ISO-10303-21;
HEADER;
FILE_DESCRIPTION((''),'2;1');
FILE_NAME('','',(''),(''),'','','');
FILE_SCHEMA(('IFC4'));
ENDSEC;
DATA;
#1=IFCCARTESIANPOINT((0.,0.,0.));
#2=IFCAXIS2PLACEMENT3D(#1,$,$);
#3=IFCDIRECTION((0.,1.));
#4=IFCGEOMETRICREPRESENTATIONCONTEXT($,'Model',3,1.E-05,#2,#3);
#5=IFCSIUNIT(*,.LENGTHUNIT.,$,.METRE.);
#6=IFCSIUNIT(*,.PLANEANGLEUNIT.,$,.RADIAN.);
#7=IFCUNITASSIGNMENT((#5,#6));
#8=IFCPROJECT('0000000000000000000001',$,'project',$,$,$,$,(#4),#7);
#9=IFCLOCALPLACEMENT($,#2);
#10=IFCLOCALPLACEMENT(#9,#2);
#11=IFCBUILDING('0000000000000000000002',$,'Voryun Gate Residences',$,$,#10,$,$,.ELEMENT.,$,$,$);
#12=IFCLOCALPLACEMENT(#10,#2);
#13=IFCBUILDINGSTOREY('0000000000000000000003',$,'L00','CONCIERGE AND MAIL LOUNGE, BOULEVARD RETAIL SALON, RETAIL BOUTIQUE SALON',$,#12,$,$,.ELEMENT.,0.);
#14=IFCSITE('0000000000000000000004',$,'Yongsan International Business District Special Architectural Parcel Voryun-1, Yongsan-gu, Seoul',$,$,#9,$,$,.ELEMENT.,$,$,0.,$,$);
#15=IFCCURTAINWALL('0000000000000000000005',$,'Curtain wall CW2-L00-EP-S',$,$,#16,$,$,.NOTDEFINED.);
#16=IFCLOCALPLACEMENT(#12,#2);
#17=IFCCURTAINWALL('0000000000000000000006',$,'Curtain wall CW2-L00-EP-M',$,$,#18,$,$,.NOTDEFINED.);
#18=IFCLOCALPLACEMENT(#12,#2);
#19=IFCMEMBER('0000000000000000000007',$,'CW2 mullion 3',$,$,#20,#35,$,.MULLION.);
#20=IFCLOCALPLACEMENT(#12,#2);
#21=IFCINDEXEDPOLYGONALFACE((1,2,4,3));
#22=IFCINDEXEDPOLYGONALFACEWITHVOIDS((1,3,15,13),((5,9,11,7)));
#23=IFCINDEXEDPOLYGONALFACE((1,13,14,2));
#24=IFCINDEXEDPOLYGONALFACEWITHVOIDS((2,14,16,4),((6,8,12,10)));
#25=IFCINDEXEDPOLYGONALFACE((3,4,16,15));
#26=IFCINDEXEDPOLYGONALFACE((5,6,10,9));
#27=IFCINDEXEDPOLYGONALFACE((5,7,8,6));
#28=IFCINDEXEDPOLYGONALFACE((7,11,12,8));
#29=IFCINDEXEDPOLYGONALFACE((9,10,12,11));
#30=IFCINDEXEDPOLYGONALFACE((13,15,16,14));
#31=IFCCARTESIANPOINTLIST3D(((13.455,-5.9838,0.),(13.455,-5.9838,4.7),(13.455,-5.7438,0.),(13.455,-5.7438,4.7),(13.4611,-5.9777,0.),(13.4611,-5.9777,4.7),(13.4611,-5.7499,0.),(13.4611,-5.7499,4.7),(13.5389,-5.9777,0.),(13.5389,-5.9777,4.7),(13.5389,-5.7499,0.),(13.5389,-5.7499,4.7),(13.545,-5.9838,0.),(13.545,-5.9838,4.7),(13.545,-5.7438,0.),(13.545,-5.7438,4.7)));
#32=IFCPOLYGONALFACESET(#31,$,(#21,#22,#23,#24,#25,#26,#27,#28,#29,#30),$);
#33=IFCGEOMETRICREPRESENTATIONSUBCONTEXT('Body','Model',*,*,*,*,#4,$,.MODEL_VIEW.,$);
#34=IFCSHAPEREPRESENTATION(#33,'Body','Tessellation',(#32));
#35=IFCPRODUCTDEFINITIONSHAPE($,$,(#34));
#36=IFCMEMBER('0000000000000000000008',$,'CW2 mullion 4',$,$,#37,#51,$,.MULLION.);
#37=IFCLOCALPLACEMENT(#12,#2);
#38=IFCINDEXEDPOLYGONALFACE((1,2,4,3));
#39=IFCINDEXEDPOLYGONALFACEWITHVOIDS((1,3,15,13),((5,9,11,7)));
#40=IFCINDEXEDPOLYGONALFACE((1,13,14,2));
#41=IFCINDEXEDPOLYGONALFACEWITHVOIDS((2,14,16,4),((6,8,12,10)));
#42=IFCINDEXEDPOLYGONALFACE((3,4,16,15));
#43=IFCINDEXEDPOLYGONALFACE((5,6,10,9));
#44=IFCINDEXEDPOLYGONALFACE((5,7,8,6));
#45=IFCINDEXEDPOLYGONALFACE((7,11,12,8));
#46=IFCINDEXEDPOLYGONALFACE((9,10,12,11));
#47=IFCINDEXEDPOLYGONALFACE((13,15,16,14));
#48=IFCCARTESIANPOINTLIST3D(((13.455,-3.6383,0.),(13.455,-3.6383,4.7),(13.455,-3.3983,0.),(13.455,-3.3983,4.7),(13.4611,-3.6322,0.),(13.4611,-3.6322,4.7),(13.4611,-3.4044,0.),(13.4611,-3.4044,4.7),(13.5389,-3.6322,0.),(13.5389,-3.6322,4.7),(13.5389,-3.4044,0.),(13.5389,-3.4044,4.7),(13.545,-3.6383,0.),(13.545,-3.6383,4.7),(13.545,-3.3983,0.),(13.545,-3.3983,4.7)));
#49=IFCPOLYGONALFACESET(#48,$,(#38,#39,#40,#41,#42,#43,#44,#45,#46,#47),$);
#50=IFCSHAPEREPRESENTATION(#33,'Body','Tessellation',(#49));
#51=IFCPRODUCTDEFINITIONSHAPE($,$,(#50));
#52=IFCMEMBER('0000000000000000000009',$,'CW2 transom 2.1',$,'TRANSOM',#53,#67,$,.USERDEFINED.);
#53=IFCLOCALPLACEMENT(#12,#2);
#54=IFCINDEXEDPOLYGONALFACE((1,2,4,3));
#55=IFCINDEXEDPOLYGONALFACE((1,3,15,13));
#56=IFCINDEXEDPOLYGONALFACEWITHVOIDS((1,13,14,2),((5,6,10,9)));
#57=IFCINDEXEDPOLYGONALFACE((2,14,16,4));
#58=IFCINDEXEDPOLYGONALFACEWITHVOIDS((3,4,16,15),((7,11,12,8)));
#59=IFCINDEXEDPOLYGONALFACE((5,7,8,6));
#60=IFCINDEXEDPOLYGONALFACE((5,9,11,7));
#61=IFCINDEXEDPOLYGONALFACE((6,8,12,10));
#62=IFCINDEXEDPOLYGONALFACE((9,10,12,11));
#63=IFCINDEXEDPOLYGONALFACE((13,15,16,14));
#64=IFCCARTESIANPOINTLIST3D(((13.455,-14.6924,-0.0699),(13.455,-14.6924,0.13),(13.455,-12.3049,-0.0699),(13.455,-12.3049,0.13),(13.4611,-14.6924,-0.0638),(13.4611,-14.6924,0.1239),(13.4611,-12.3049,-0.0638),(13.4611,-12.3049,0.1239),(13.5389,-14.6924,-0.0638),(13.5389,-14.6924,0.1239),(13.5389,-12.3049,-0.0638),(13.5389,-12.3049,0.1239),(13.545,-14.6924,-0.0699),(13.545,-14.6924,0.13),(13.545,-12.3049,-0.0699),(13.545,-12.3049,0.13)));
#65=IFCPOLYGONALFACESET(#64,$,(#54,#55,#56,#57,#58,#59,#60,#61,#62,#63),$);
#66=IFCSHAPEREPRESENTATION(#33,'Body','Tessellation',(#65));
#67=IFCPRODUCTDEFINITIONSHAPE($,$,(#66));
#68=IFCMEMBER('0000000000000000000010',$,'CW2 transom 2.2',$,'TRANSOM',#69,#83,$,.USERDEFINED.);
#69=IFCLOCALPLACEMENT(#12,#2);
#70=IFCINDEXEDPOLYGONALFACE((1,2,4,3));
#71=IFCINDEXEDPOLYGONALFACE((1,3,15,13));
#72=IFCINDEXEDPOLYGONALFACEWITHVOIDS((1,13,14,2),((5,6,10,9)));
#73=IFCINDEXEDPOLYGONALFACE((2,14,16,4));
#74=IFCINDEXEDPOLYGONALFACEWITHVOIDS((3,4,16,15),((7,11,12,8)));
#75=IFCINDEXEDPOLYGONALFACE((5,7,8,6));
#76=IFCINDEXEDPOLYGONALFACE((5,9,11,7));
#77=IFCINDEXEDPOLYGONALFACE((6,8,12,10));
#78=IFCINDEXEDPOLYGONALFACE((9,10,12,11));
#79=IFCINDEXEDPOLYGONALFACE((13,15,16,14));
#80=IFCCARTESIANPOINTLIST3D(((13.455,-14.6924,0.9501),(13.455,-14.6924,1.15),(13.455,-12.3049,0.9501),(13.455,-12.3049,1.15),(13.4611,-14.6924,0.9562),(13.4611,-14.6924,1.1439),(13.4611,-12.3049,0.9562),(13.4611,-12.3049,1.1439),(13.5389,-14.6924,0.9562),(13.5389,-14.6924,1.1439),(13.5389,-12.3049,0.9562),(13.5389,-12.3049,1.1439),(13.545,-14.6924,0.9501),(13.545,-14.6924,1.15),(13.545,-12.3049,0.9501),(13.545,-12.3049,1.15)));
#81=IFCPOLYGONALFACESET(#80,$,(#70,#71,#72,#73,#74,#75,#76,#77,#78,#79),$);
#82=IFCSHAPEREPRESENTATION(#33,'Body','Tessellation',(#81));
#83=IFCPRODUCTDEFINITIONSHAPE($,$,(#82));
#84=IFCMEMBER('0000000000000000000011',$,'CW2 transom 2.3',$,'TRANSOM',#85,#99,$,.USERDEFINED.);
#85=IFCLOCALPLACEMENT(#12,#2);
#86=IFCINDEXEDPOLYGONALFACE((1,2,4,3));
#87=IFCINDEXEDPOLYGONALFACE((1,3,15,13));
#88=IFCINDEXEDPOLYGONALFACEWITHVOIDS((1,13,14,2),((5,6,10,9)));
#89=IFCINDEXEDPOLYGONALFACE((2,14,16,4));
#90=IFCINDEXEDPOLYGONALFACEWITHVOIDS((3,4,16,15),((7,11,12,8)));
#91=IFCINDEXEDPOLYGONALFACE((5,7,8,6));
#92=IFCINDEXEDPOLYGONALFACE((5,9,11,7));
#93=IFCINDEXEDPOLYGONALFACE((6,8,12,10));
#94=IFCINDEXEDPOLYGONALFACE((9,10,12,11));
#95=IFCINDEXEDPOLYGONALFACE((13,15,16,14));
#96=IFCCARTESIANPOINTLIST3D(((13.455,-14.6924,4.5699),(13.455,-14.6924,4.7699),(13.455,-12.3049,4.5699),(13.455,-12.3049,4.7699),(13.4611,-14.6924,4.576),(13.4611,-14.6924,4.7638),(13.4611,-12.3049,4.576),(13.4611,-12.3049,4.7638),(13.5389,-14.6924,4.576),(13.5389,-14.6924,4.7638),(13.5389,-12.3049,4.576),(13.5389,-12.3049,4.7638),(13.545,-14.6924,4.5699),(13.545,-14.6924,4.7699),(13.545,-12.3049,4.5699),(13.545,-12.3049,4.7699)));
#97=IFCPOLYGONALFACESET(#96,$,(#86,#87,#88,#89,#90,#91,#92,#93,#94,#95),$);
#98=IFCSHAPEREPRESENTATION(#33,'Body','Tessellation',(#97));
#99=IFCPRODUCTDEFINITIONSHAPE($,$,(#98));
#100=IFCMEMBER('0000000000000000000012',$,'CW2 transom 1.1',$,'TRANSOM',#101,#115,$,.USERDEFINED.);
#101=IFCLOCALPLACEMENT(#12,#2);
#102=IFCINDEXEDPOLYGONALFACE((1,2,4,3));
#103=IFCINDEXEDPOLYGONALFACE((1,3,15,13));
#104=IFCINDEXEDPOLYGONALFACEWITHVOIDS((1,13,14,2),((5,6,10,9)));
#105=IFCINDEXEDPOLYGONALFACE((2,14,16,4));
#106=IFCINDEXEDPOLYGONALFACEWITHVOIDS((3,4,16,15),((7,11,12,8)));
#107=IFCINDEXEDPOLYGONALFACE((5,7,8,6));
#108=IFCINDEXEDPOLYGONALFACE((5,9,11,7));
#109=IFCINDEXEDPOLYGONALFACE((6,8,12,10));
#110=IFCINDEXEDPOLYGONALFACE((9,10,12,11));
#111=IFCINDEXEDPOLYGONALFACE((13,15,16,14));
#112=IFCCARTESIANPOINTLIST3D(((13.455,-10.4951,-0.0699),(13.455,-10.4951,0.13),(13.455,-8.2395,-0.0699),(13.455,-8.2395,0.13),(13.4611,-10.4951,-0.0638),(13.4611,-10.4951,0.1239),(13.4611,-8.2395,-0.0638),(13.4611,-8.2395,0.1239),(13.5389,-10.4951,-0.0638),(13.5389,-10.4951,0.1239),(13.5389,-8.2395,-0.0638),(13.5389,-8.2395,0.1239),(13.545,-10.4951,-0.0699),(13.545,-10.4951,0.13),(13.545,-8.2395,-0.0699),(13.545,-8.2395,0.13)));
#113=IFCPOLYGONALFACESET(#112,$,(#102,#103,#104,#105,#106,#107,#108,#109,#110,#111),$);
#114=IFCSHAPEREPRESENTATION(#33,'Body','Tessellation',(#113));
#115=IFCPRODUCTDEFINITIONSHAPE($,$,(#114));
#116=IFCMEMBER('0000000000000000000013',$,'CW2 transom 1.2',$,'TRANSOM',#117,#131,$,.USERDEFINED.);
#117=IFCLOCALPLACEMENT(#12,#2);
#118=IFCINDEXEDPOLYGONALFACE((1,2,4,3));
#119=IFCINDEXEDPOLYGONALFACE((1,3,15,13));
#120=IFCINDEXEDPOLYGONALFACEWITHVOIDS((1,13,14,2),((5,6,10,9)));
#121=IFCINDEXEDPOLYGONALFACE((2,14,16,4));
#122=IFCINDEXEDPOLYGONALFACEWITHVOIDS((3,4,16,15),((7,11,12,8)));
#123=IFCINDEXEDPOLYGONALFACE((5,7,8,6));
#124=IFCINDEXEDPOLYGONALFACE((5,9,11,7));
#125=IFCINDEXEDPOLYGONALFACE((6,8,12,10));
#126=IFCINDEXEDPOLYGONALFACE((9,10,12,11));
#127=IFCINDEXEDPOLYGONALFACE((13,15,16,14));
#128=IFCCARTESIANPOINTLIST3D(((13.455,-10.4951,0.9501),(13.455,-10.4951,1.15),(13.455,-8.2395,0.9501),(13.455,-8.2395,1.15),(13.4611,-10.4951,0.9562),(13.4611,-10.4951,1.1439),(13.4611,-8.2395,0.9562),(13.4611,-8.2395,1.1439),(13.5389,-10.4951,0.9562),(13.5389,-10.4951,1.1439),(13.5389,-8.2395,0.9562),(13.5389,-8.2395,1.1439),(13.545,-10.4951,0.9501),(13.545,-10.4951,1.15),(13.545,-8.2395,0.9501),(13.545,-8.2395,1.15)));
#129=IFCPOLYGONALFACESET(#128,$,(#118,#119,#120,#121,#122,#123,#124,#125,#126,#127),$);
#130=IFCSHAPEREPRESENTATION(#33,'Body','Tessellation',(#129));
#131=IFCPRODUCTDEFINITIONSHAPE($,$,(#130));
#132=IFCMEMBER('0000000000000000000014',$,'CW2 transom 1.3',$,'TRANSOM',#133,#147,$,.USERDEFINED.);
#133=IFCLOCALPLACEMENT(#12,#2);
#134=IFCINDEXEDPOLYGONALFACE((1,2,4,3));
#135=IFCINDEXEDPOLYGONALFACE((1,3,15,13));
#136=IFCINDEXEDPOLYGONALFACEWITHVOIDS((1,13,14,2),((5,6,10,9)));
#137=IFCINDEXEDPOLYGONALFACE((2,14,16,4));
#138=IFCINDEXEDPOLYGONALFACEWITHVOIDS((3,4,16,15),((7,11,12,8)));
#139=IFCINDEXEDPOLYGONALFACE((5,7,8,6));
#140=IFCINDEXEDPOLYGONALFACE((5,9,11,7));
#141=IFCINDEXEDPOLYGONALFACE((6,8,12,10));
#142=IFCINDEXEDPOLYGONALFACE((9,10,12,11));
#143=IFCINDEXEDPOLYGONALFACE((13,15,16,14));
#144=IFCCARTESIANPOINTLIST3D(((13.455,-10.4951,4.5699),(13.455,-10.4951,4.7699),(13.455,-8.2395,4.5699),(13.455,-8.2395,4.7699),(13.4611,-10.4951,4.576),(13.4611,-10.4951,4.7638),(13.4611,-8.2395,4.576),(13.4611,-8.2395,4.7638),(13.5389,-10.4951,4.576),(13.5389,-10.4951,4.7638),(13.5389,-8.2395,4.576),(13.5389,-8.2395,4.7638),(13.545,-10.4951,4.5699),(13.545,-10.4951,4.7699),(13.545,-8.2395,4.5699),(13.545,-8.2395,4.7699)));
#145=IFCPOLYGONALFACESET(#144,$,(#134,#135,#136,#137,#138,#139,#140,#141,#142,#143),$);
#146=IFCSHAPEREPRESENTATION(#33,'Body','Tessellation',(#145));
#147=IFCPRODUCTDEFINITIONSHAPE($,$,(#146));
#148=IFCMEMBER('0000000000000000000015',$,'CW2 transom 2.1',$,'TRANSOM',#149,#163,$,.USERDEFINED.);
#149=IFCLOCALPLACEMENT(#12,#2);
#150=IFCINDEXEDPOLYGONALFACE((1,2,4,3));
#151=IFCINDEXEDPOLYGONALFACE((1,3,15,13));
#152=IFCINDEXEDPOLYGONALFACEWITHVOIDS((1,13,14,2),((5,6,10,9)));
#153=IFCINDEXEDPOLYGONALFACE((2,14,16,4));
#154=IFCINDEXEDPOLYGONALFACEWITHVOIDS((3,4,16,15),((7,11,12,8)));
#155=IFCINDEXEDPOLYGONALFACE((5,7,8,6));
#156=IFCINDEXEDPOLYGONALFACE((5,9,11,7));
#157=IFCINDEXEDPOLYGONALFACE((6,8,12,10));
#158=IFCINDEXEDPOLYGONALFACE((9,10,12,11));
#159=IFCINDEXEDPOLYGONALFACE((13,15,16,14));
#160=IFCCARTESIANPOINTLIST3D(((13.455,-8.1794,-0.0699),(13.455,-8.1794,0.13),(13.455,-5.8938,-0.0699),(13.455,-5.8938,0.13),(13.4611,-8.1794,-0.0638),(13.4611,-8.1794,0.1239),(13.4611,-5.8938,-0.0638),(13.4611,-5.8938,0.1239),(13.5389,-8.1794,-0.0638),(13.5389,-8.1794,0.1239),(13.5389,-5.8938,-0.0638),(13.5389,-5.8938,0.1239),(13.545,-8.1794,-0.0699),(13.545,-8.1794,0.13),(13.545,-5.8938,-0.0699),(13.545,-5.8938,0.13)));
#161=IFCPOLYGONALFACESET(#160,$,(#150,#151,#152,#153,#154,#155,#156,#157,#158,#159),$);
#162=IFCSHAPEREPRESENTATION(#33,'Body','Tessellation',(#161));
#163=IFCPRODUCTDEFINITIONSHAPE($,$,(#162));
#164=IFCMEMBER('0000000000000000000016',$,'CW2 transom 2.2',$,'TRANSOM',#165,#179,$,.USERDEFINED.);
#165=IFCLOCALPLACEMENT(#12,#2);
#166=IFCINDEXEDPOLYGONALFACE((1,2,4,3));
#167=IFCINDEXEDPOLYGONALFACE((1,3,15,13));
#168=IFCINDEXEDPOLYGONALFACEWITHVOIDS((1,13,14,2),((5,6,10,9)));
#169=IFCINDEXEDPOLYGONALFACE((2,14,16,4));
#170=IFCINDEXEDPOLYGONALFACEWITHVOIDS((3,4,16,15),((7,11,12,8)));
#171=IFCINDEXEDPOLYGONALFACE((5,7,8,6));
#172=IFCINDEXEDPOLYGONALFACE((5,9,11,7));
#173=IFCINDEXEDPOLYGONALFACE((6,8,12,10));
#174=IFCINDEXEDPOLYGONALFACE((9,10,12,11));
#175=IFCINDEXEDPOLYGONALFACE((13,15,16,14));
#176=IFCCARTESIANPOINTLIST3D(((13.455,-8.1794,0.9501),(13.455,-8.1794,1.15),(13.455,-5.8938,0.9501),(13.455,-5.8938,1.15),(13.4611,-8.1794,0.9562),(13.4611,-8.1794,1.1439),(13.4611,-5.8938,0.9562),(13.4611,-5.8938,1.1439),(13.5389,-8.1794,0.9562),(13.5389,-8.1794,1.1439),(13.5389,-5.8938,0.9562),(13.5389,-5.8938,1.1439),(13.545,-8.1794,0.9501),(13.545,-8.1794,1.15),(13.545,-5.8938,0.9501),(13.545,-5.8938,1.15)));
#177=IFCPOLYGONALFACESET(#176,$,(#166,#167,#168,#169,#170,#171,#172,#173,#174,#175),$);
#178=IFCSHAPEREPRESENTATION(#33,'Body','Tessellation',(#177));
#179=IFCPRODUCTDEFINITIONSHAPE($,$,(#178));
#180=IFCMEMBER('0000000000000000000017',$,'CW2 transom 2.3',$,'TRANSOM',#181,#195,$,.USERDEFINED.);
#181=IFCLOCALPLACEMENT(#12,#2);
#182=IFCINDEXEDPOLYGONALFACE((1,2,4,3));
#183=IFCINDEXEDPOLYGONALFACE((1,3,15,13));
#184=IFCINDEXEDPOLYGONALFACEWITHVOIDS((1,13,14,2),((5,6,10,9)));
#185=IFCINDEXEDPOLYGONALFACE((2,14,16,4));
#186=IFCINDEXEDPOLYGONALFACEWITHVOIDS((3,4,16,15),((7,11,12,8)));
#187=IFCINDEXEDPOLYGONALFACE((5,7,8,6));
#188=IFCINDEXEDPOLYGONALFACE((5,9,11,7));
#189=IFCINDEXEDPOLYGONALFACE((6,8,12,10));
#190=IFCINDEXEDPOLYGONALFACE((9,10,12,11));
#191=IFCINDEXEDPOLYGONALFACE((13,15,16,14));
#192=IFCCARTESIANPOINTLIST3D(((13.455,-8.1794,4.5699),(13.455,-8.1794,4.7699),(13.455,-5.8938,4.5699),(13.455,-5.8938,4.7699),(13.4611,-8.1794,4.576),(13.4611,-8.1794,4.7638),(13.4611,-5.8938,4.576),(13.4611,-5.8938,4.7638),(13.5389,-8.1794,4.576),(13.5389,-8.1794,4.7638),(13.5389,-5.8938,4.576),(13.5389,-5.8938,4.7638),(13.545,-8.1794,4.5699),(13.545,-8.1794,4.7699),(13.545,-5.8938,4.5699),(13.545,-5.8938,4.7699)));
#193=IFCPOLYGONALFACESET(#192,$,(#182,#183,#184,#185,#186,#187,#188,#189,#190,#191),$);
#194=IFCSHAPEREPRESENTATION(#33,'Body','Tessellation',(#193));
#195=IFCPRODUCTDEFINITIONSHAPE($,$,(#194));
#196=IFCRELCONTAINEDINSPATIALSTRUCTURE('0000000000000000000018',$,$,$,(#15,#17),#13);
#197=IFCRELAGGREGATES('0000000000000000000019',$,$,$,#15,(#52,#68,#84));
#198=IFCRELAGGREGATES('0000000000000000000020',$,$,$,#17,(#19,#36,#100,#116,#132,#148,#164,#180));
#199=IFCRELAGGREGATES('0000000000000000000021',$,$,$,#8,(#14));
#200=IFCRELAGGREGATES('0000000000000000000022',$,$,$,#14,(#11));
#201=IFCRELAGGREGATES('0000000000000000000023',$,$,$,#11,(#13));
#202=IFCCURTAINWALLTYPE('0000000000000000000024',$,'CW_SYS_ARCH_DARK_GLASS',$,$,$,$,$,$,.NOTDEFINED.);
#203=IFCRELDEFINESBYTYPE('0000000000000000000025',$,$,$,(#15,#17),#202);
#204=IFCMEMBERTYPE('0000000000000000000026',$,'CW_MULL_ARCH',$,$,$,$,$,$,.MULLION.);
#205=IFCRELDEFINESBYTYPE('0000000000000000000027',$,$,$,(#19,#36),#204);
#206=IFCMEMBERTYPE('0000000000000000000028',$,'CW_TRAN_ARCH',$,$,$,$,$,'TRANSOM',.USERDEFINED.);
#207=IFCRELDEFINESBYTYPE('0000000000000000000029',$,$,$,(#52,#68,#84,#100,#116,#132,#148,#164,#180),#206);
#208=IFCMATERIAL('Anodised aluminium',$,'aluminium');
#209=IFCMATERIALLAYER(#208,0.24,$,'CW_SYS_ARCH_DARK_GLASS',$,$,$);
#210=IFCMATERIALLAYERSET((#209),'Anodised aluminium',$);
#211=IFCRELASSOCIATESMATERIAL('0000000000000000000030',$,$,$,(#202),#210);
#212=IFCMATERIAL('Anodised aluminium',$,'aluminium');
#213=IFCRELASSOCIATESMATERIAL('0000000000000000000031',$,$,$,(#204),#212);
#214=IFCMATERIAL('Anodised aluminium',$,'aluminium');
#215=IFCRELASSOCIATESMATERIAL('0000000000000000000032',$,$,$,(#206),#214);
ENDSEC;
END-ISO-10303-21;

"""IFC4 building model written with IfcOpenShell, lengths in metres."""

from ifc_helpers import new_model, si_unit, direction, frame, origin, origin_2d, place, context, subcontext, project, spatial, hollow_rectangle, extrude, material, layer, layer_set, material_profile, profile_set, type_object, element, aggregate, save


model = new_model("IFC4")

# Units and contexts
model_context = context("Model", 3, precision=1e-05, world=origin(), true_north=direction((0.0, 1.0)))
body_context = subcontext(model_context, "Body", "Model", "MODEL_VIEW")
ifc_project = project(units=[si_unit("LENGTHUNIT", "METRE"), si_unit("PLANEANGLEUNIT", "RADIAN")], contexts=[model_context])

# Site, building, storey
site_placement = place(None, origin())
site = spatial("IfcSite", under=ifc_project, at=site_placement, Name="Yongsan International Business District Special Architectural Parcel Voryun-1, Yongsan-gu, Seoul", CompositionType="ELEMENT", RefElevation=0.0)
building_placement = place(site_placement, origin())
building = spatial("IfcBuilding", under=site, at=building_placement, Name="Voryun Gate Residences", CompositionType="ELEMENT")
storey_placement = place(building_placement, origin())
storey = spatial("IfcBuildingStorey", under=building, at=storey_placement, Name="L00", Description="CONCIERGE AND MAIL LOUNGE, BOULEVARD RETAIL SALON, RETAIL BOUTIQUE SALON", CompositionType="ELEMENT", Elevation=0.0)

# Curtain walls, members
ifc_material_1 = material(Name="Anodised aluminium", Category="aluminium")
ifc_layer_1 = layer(ifc_material_1, 0.24, Name="CW_SYS_ARCH_DARK_GLASS")
ifc_layer_set_1 = layer_set([ifc_layer_1], Name="Anodised aluminium")
curtain_wall_type = type_object("IfcCurtainWallType", Name="CW_SYS_ARCH_DARK_GLASS", PredefinedType="NOTDEFINED", material=ifc_layer_set_1)
curtain_wall_1_placement = place(storey_placement, origin())
curtain_wall_1 = element("IfcCurtainWall", 1, at=curtain_wall_1_placement, inside=storey, type_object=curtain_wall_type, Name="Curtain wall CW2-L00-EP-S", PredefinedType="NOTDEFINED")
ifc_material_2 = material(Name="Anodised aluminium", Category="aluminium")
ifc_material_profile_1 = material_profile(ifc_material_2, hollow_rectangle(XDim=0.0901, YDim=0.24, WallThickness=0.0061, at=origin_2d()), Name="ALU-MULL-240x90x6")
ifc_profile_set_1 = profile_set([ifc_material_profile_1], Name="Anodised aluminium")
member_type_1 = type_object("IfcMemberType", Name="CW_MULL_ARCH", PredefinedType="MULLION", material=ifc_profile_set_1)
curtain_wall_2_placement = place(storey_placement, origin())
curtain_wall_2 = element("IfcCurtainWall", 2, at=curtain_wall_2_placement, inside=storey, type_object=curtain_wall_type, Name="Curtain wall CW2-L00-EP-M", PredefinedType="NOTDEFINED")
member_1_placement = place(storey_placement, frame((13.5, -5.8638, 0.0), z_axis=(0.0, 0.0, 1.0), x_axis=(-1.0, 0.0, 0.0)))
member_1 = element("IfcMember", 3, at=member_1_placement, type_object=member_type_1, Name="CW2 mullion 3", PredefinedType="MULLION", context=body_context, shape_type="SweptSolid", body=[
    extrude(hollow_rectangle(XDim=0.0901, YDim=0.24, WallThickness=0.0061, at=origin_2d()), origin(), (0.0, 0.0, 1.0), 4.7),
])
member_2_placement = place(storey_placement, frame((13.5, -3.5183, 0.0), z_axis=(0.0, 0.0, 1.0), x_axis=(-1.0, 0.0, 0.0)))
member_2 = element("IfcMember", 4, at=member_2_placement, type_object=member_type_1, Name="CW2 mullion 4", PredefinedType="MULLION", context=body_context, shape_type="SweptSolid", body=[
    extrude(hollow_rectangle(XDim=0.0901, YDim=0.24, WallThickness=0.0061, at=origin_2d()), origin(), (0.0, 0.0, 1.0), 4.7),
])

# Members
ifc_material_3 = material(Name="Anodised aluminium", Category="aluminium")
ifc_material_profile_2 = material_profile(ifc_material_3, hollow_rectangle(XDim=0.0901, YDim=0.2, WallThickness=0.0061, at=origin_2d()), Name="ALU-TRAN-200x90x6")
ifc_profile_set_2 = profile_set([ifc_material_profile_2], Name="Anodised aluminium")
member_type_2 = type_object("IfcMemberType", Name="CW_TRAN_ARCH", ElementType="TRANSOM", PredefinedType="USERDEFINED", material=ifc_profile_set_2)
member_3_placement = place(storey_placement, frame((13.5, -14.6924, 0.03), z_axis=(0.0, 1.0, 0.0), x_axis=(-1.0, 0.0, 0.0)))
member_3 = element("IfcMember", 5, at=member_3_placement, type_object=member_type_2, Name="CW2 transom 2.1", ObjectType="TRANSOM", PredefinedType="USERDEFINED", context=body_context, shape_type="SweptSolid", body=[
    extrude(hollow_rectangle(XDim=0.0901, YDim=0.2, WallThickness=0.0061, at=origin_2d()), origin(), (0.0, 0.0, 1.0), 2.3875),
])
member_4_placement = place(storey_placement, frame((13.5, -14.6924, 1.05), z_axis=(0.0, 1.0, 0.0), x_axis=(-1.0, 0.0, 0.0)))
member_4 = element("IfcMember", 6, at=member_4_placement, type_object=member_type_2, Name="CW2 transom 2.2", ObjectType="TRANSOM", PredefinedType="USERDEFINED", context=body_context, shape_type="SweptSolid", body=[
    extrude(hollow_rectangle(XDim=0.0901, YDim=0.2, WallThickness=0.0061, at=origin_2d()), origin(), (0.0, 0.0, 1.0), 2.3875),
])
member_5_placement = place(storey_placement, frame((13.5, -14.6924, 4.6699), z_axis=(0.0, 1.0, 0.0), x_axis=(-1.0, 0.0, 0.0)))
member_5 = element("IfcMember", 7, at=member_5_placement, type_object=member_type_2, Name="CW2 transom 2.3", ObjectType="TRANSOM", PredefinedType="USERDEFINED", context=body_context, shape_type="SweptSolid", body=[
    extrude(hollow_rectangle(XDim=0.0901, YDim=0.2, WallThickness=0.0061, at=origin_2d()), origin(), (0.0, 0.0, 1.0), 2.3875),
])
member_6_placement = place(storey_placement, frame((13.5, -10.4951, 0.03), z_axis=(0.0, 1.0, 0.0), x_axis=(-1.0, 0.0, 0.0)))
member_6 = element("IfcMember", 8, at=member_6_placement, type_object=member_type_2, Name="CW2 transom 1.1", ObjectType="TRANSOM", PredefinedType="USERDEFINED", context=body_context, shape_type="SweptSolid", body=[
    extrude(hollow_rectangle(XDim=0.0901, YDim=0.2, WallThickness=0.0061, at=origin_2d()), origin(), (0.0, 0.0, 1.0), 2.2556),
])
member_7_placement = place(storey_placement, frame((13.5, -10.4951, 1.05), z_axis=(0.0, 1.0, 0.0), x_axis=(-1.0, 0.0, 0.0)))
member_7 = element("IfcMember", 9, at=member_7_placement, type_object=member_type_2, Name="CW2 transom 1.2", ObjectType="TRANSOM", PredefinedType="USERDEFINED", context=body_context, shape_type="SweptSolid", body=[
    extrude(hollow_rectangle(XDim=0.0901, YDim=0.2, WallThickness=0.0061, at=origin_2d()), origin(), (0.0, 0.0, 1.0), 2.2556),
])
member_8_placement = place(storey_placement, frame((13.5, -10.4951, 4.6699), z_axis=(0.0, 1.0, 0.0), x_axis=(-1.0, 0.0, 0.0)))
member_8 = element("IfcMember", 10, at=member_8_placement, type_object=member_type_2, Name="CW2 transom 1.3", ObjectType="TRANSOM", PredefinedType="USERDEFINED", context=body_context, shape_type="SweptSolid", body=[
    extrude(hollow_rectangle(XDim=0.0901, YDim=0.2, WallThickness=0.0061, at=origin_2d()), origin(), (0.0, 0.0, 1.0), 2.2556),
])
member_9_placement = place(storey_placement, frame((13.5, -8.1794, 0.03), z_axis=(0.0, 1.0, 0.0), x_axis=(-1.0, 0.0, 0.0)))
member_9 = element("IfcMember", 11, at=member_9_placement, type_object=member_type_2, Name="CW2 transom 2.1", ObjectType="TRANSOM", PredefinedType="USERDEFINED", context=body_context, shape_type="SweptSolid", body=[
    extrude(hollow_rectangle(XDim=0.0901, YDim=0.2, WallThickness=0.0061, at=origin_2d()), origin(), (0.0, 0.0, 1.0), 2.2856),
])
member_10_placement = place(storey_placement, frame((13.5, -8.1794, 1.05), z_axis=(0.0, 1.0, 0.0), x_axis=(-1.0, 0.0, 0.0)))
member_10 = element("IfcMember", 12, at=member_10_placement, type_object=member_type_2, Name="CW2 transom 2.2", ObjectType="TRANSOM", PredefinedType="USERDEFINED", context=body_context, shape_type="SweptSolid", body=[
    extrude(hollow_rectangle(XDim=0.0901, YDim=0.2, WallThickness=0.0061, at=origin_2d()), origin(), (0.0, 0.0, 1.0), 2.2856),
])
member_11_placement = place(storey_placement, frame((13.5, -8.1794, 4.6699), z_axis=(0.0, 1.0, 0.0), x_axis=(-1.0, 0.0, 0.0)))
member_11 = element("IfcMember", 13, at=member_11_placement, type_object=member_type_2, Name="CW2 transom 2.3", ObjectType="TRANSOM", PredefinedType="USERDEFINED", context=body_context, shape_type="SweptSolid", body=[
    extrude(hollow_rectangle(XDim=0.0901, YDim=0.2, WallThickness=0.0061, at=origin_2d()), origin(), (0.0, 0.0, 1.0), 2.2856),
])

aggregate(curtain_wall_1, [member_3, member_4, member_5])
aggregate(curtain_wall_2, [member_1, member_2, member_6, member_7, member_8, member_9, member_10, member_11])

save(model, "model.ifc")
